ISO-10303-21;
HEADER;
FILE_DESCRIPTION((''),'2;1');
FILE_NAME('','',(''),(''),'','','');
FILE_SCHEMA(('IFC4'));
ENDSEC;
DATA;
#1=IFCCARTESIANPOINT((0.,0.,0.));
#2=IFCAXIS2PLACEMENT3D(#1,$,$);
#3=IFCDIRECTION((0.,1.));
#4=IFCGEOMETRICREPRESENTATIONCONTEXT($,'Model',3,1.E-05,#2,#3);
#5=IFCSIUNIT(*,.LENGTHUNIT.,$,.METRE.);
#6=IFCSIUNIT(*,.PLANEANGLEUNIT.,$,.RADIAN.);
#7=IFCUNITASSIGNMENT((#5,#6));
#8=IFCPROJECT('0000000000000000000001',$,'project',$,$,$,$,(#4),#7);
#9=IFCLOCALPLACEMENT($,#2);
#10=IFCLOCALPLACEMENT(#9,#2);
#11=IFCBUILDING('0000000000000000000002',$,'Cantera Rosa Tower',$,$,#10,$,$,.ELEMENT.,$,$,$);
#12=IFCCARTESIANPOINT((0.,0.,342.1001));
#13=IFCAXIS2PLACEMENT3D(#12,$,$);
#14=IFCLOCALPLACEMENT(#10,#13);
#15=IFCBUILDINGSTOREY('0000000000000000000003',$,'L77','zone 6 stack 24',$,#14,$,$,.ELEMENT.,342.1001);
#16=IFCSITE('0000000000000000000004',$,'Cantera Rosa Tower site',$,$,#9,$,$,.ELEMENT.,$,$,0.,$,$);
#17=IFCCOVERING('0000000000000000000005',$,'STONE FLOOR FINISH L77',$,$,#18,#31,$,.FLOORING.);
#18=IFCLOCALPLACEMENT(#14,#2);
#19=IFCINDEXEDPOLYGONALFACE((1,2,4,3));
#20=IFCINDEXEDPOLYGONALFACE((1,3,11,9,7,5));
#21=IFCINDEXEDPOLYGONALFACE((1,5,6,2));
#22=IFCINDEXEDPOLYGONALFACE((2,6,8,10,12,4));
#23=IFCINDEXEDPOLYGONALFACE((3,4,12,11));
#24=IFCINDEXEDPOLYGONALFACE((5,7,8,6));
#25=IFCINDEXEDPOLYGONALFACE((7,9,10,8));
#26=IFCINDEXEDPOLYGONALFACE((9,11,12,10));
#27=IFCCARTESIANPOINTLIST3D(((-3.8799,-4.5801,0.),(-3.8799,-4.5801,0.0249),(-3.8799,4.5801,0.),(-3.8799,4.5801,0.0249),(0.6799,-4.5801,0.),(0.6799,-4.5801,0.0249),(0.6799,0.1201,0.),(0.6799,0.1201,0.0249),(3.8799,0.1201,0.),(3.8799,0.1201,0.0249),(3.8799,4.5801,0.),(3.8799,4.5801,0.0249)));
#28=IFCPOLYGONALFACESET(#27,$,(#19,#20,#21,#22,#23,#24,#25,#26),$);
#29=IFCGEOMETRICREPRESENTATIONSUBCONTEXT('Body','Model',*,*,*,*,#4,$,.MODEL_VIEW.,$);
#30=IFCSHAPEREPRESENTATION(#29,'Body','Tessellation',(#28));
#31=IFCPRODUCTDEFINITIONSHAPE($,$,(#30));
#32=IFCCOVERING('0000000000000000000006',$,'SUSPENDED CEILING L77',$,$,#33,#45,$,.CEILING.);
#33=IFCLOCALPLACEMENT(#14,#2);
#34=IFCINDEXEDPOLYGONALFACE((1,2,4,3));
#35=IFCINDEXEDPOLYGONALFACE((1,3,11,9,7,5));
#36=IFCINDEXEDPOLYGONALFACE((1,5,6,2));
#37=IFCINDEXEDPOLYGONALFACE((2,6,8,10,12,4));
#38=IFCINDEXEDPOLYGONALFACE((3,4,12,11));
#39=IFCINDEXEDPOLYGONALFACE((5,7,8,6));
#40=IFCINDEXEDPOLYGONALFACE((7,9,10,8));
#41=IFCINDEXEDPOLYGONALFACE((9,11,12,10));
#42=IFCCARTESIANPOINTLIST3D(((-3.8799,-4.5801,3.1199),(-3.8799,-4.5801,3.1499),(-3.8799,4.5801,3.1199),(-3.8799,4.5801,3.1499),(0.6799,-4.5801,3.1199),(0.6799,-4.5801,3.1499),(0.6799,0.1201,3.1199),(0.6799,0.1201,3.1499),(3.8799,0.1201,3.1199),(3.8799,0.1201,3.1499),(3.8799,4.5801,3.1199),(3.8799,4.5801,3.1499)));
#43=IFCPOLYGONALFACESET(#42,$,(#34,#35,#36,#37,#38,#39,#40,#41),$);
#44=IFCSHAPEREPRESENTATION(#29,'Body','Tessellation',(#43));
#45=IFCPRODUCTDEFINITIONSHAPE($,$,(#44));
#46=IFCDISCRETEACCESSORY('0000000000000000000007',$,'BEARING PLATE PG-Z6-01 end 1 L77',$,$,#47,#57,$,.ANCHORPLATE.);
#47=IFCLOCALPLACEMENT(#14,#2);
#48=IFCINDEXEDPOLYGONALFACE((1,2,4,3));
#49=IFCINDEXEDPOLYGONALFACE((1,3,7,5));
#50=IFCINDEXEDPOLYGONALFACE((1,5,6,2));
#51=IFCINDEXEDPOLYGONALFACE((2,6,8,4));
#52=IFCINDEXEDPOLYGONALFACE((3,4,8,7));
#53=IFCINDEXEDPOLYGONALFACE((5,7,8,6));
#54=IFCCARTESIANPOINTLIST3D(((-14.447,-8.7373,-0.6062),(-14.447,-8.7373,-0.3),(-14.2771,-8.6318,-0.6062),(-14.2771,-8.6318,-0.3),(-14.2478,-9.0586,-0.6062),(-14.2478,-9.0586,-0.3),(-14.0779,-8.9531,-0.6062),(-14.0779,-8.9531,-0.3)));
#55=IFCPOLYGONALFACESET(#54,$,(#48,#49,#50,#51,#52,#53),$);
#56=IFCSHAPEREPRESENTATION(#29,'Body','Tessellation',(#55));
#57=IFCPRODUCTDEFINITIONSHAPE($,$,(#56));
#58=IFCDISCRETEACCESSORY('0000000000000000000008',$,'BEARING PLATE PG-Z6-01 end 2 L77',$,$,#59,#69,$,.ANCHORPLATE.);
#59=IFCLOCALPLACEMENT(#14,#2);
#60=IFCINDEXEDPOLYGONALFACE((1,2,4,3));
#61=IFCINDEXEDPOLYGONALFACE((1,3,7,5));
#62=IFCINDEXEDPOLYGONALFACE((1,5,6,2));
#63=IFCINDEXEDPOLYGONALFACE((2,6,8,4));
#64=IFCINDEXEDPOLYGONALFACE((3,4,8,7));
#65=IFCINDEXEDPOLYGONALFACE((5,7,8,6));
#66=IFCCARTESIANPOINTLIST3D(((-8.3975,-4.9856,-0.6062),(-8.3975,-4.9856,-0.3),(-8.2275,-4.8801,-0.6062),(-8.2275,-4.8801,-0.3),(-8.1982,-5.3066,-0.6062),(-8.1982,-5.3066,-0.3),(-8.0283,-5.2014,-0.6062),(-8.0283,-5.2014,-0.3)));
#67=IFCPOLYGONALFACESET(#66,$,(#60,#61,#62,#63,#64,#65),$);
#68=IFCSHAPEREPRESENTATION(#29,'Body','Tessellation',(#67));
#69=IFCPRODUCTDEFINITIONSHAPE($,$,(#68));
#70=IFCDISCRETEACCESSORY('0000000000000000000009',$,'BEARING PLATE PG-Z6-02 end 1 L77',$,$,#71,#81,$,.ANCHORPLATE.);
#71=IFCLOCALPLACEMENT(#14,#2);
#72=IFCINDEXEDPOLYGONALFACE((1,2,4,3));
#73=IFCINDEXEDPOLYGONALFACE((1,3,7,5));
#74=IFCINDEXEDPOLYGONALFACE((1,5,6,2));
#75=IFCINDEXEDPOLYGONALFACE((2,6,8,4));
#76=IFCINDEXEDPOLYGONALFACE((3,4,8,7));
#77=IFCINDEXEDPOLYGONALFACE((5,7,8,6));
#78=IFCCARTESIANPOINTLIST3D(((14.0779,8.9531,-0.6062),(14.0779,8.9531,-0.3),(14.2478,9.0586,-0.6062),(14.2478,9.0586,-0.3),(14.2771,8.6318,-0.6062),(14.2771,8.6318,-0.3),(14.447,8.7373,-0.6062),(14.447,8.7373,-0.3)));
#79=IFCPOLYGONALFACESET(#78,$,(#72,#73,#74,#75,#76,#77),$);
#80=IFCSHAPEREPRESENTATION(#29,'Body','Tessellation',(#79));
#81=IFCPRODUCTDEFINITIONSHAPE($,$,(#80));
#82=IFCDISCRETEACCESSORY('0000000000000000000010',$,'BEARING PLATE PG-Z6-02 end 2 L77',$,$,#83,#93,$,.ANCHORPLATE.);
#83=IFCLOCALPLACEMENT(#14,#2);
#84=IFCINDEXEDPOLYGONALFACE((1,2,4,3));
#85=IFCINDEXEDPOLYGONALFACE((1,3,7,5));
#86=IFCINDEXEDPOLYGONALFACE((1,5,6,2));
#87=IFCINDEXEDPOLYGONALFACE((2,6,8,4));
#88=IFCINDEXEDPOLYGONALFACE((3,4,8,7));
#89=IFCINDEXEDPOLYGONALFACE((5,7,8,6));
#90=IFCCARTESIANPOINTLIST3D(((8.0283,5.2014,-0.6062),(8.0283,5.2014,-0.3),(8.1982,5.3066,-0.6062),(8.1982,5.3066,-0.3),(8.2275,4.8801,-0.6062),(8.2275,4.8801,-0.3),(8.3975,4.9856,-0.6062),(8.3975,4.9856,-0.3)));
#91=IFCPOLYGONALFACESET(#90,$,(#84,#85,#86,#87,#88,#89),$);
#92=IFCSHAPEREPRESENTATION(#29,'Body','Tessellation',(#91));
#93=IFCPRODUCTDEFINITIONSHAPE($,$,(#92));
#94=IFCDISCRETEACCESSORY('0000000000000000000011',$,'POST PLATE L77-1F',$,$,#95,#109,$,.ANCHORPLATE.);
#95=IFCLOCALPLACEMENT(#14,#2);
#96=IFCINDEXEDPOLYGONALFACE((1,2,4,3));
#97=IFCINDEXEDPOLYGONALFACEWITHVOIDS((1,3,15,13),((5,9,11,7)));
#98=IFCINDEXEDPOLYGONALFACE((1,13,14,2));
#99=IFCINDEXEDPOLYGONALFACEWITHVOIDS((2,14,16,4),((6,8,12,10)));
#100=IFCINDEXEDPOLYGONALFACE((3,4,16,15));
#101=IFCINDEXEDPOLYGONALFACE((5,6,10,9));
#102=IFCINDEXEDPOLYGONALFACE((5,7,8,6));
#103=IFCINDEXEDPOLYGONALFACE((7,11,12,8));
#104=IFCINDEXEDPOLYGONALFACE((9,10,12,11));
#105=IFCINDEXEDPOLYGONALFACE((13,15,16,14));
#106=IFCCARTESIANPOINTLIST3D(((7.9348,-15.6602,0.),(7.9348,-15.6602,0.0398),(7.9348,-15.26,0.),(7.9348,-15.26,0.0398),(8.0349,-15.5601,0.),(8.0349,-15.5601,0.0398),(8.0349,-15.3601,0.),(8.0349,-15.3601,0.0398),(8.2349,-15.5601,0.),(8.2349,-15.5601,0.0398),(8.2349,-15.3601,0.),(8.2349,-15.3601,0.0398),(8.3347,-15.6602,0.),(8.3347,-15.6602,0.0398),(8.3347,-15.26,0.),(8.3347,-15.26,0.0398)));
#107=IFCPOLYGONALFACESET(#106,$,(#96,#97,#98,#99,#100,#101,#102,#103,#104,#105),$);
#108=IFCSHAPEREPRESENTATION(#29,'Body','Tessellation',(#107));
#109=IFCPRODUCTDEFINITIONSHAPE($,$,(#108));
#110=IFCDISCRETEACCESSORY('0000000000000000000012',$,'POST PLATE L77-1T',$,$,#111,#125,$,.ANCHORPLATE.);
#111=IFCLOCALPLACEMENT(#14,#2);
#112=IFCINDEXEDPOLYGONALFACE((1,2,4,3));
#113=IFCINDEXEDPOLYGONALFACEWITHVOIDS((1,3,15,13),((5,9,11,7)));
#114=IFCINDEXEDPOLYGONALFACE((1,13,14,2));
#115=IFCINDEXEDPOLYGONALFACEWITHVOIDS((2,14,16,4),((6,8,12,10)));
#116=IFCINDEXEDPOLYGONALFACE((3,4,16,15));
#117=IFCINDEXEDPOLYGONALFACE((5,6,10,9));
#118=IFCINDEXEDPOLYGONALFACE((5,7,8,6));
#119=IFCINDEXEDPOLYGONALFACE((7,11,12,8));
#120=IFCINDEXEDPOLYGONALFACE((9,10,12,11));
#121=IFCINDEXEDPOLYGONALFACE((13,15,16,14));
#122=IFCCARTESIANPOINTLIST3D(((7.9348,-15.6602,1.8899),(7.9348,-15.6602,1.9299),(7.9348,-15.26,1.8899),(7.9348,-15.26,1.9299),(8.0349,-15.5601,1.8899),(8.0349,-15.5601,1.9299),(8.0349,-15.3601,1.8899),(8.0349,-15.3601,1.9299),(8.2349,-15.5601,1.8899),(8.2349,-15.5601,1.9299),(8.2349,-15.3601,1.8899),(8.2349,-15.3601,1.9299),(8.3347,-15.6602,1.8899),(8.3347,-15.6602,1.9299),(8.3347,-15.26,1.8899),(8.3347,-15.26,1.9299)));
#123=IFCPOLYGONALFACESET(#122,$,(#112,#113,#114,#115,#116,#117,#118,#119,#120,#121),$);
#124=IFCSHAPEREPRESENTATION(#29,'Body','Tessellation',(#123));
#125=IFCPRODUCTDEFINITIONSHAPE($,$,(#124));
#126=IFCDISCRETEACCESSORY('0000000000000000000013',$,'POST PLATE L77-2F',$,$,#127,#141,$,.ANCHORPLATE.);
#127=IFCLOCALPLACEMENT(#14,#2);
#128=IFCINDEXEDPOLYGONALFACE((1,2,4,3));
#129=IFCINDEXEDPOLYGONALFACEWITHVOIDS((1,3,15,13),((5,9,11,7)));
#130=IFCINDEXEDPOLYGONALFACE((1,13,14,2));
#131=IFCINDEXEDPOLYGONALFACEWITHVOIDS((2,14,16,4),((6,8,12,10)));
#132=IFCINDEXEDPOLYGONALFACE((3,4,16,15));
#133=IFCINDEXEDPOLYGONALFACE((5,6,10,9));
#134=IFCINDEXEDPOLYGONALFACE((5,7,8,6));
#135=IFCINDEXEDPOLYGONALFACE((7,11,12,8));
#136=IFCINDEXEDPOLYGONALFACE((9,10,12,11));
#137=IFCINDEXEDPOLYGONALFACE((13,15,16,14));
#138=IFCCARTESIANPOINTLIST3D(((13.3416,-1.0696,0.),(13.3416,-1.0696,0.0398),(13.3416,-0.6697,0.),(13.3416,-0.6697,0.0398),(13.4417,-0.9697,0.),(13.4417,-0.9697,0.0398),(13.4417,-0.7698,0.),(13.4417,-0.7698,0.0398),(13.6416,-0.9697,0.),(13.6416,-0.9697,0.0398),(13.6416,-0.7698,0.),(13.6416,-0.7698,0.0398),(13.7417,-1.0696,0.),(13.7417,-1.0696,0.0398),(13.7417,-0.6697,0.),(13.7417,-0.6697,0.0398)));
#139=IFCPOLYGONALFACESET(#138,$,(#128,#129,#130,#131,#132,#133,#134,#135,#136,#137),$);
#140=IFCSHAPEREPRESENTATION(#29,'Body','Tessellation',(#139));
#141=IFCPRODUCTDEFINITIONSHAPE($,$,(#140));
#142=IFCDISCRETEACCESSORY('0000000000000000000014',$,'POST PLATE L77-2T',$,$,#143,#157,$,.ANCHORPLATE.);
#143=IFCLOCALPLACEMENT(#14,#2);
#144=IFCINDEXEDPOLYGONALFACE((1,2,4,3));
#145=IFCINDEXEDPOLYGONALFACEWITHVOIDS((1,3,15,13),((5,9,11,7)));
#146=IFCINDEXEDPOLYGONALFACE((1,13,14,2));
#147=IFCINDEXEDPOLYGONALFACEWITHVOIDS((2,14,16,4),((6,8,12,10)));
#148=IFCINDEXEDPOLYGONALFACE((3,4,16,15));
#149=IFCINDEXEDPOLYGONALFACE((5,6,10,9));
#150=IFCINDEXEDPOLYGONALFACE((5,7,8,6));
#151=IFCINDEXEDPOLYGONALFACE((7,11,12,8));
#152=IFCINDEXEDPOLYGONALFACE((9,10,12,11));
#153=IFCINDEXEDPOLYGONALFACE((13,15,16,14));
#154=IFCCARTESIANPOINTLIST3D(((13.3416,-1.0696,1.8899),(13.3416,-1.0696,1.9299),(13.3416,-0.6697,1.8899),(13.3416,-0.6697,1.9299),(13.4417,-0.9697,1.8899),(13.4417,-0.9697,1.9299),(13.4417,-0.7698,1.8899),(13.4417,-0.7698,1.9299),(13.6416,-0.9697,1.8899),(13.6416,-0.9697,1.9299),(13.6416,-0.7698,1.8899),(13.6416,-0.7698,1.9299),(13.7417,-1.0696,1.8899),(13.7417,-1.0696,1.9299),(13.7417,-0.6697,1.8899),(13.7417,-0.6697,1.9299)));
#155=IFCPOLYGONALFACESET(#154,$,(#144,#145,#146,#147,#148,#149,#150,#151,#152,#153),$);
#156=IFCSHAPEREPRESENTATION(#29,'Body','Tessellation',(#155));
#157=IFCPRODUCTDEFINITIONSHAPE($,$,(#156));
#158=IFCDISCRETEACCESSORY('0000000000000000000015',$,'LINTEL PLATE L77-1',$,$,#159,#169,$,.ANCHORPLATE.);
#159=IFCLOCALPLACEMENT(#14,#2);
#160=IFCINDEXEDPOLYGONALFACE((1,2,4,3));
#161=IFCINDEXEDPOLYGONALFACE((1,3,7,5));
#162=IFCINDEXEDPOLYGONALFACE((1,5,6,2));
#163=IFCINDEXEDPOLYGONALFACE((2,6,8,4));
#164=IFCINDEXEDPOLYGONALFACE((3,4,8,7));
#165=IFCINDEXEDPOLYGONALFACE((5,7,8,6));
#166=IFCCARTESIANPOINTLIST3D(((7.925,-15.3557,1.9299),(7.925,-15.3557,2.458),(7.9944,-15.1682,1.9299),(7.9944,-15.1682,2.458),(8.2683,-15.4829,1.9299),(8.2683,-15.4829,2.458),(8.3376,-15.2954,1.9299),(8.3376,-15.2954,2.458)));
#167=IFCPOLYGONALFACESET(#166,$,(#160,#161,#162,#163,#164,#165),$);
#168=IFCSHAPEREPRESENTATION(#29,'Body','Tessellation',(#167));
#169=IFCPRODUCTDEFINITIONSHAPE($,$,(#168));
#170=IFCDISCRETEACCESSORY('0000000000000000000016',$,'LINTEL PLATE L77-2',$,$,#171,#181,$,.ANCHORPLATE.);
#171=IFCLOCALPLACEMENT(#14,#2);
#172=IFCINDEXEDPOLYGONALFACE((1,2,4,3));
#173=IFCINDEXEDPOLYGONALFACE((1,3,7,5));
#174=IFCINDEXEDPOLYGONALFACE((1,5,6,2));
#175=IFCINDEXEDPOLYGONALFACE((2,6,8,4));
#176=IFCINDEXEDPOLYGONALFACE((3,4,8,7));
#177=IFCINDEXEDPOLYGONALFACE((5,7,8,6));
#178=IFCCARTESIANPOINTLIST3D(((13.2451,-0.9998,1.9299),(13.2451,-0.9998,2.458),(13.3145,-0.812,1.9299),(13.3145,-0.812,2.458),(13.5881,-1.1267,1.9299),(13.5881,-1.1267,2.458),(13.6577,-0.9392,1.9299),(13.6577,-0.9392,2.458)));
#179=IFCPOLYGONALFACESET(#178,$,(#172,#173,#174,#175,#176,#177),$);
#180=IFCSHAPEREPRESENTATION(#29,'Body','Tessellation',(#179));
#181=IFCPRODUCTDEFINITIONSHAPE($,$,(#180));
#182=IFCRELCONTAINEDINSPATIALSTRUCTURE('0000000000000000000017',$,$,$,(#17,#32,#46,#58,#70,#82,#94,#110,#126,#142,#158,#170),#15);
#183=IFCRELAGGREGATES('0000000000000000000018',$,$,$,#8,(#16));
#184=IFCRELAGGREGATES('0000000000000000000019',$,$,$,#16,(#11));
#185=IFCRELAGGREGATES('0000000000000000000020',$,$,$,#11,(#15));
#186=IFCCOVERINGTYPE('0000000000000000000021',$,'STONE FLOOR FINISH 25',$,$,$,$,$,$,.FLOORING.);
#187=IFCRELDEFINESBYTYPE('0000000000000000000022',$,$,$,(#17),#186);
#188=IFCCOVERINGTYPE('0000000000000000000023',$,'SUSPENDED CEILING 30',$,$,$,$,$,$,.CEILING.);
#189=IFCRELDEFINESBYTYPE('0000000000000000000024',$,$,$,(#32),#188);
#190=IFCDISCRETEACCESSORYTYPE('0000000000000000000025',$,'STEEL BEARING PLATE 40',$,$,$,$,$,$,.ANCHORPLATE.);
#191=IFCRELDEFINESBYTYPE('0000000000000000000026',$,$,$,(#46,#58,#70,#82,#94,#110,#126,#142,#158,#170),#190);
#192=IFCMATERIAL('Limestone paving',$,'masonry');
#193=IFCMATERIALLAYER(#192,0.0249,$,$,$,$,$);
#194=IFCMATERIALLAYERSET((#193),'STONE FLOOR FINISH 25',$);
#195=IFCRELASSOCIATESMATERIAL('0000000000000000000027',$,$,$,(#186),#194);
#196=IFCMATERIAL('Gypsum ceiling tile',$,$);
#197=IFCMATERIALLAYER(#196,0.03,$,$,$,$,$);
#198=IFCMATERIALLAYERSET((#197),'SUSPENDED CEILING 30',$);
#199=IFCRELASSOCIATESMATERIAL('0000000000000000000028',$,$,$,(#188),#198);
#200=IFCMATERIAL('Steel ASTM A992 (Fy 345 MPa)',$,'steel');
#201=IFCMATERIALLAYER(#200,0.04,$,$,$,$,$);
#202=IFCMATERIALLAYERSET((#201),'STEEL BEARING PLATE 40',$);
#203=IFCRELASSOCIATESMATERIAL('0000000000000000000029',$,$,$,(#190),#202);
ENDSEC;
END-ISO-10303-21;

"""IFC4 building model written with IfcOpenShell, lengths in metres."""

from ifc_helpers import new_model, si_unit, direction, frame, origin, place, context, subcontext, project, spatial, polyline, outline, extrude, material, layer, layer_set, type_object, element, save


model = new_model("IFC4")

# Units and contexts
model_context = context("Model", 3, precision=1e-05, world=origin(), true_north=direction((0.0, 1.0)))
body_context = subcontext(model_context, "Body", "Model", "MODEL_VIEW")
ifc_project = project(units=[si_unit("LENGTHUNIT", "METRE"), si_unit("PLANEANGLEUNIT", "RADIAN")], contexts=[model_context])

# Site, building, storey
site_placement = place(None, origin())
site = spatial("IfcSite", under=ifc_project, at=site_placement, Name="Cantera Rosa Tower site", CompositionType="ELEMENT", RefElevation=0.0)
building_placement = place(site_placement, origin())
building = spatial("IfcBuilding", under=site, at=building_placement, Name="Cantera Rosa Tower", CompositionType="ELEMENT")
storey_placement = place(building_placement, frame((0.0, 0.0, 342.1001)))
storey = spatial("IfcBuildingStorey", under=building, at=storey_placement, Name="L77", Description="zone 6 stack 24", CompositionType="ELEMENT", Elevation=342.1001)

# Coverings
ifc_material_1 = material(Name="Limestone paving", Category="masonry")
ifc_layer_1 = layer(ifc_material_1, 0.0249)
ifc_layer_set_1 = layer_set([ifc_layer_1], Name="STONE FLOOR FINISH 25")
covering_type_1 = type_object("IfcCoveringType", Name="STONE FLOOR FINISH 25", PredefinedType="FLOORING", material=ifc_layer_set_1)
covering_1_placement = place(storey_placement, origin())
element("IfcCovering", 1, at=covering_1_placement, inside=storey, type_object=covering_type_1, Name="STONE FLOOR FINISH L77", PredefinedType="FLOORING", context=body_context, shape_type="SweptSolid", body=[
    extrude(outline(polyline([(3.8799, 4.5801), (3.8799, 0.1201), (0.6799, 0.1201), (0.6799, -4.5801), (-3.8799, -4.5801), (-3.8799, 4.5801), (3.8799, 4.5801)])), origin(), (0.0, 0.0, 1.0), 0.0249),
])
ifc_material_2 = material(Name="Gypsum ceiling tile")
ifc_layer_2 = layer(ifc_material_2, 0.03)
ifc_layer_set_2 = layer_set([ifc_layer_2], Name="SUSPENDED CEILING 30")
covering_type_2 = type_object("IfcCoveringType", Name="SUSPENDED CEILING 30", PredefinedType="CEILING", material=ifc_layer_set_2)
covering_2_placement = place(storey_placement, frame((0.0, 0.0, 3.1199)))
element("IfcCovering", 2, at=covering_2_placement, inside=storey, type_object=covering_type_2, Name="SUSPENDED CEILING L77", PredefinedType="CEILING", context=body_context, shape_type="SweptSolid", body=[
    extrude(outline(polyline([(3.8799, 4.5801), (3.8799, 0.1201), (0.6799, 0.1201), (0.6799, -4.5801), (-3.8799, -4.5801), (-3.8799, 4.5801), (3.8799, 4.5801)])), origin(), (0.0, 0.0, 1.0), 0.03),
])

# Discrete accessories
ifc_material_3 = material(Name="Steel ASTM A992 (Fy 345 MPa)", Category="steel")
ifc_layer_3 = layer(ifc_material_3, 0.04)
ifc_layer_set_3 = layer_set([ifc_layer_3], Name="STEEL BEARING PLATE 40")
discrete_accessory_type = type_object("IfcDiscreteAccessoryType", Name="STEEL BEARING PLATE 40", PredefinedType="ANCHORPLATE", material=ifc_layer_set_3)
discrete_accessory_1_placement = place(storey_placement, frame((0.0, 0.0, -0.6062)))
element("IfcDiscreteAccessory", 3, at=discrete_accessory_1_placement, inside=storey, type_object=discrete_accessory_type, Name="BEARING PLATE PG-Z6-01 end 1 L77", PredefinedType="ANCHORPLATE", context=body_context, shape_type="SweptSolid", body=[
    extrude(outline(polyline([(-14.2771, -8.6318), (-14.447, -8.7373), (-14.2478, -9.0586), (-14.0779, -8.9531), (-14.2771, -8.6318)])), origin(), (0.0, 0.0, 1.0), 0.3062),
])
discrete_accessory_2_placement = place(storey_placement, frame((0.0, 0.0, -0.6062)))
element("IfcDiscreteAccessory", 4, at=discrete_accessory_2_placement, inside=storey, type_object=discrete_accessory_type, Name="BEARING PLATE PG-Z6-01 end 2 L77", PredefinedType="ANCHORPLATE", context=body_context, shape_type="SweptSolid", body=[
    extrude(outline(polyline([(-8.1982, -5.3066), (-8.0283, -5.2014), (-8.2275, -4.8801), (-8.3975, -4.9856), (-8.1982, -5.3066)])), origin(), (0.0, 0.0, 1.0), 0.3062),
])
discrete_accessory_3_placement = place(storey_placement, frame((0.0, 0.0, -0.6062)))
element("IfcDiscreteAccessory", 5, at=discrete_accessory_3_placement, inside=storey, type_object=discrete_accessory_type, Name="BEARING PLATE PG-Z6-02 end 1 L77", PredefinedType="ANCHORPLATE", context=body_context, shape_type="SweptSolid", body=[
    extrude(outline(polyline([(14.2771, 8.6318), (14.447, 8.7373), (14.2478, 9.0586), (14.0779, 8.9531), (14.2771, 8.6318)])), origin(), (0.0, 0.0, 1.0), 0.3062),
])
discrete_accessory_4_placement = place(storey_placement, frame((0.0, 0.0, -0.6062)))
element("IfcDiscreteAccessory", 6, at=discrete_accessory_4_placement, inside=storey, type_object=discrete_accessory_type, Name="BEARING PLATE PG-Z6-02 end 2 L77", PredefinedType="ANCHORPLATE", context=body_context, shape_type="SweptSolid", body=[
    extrude(outline(polyline([(8.1982, 5.3066), (8.0283, 5.2014), (8.2275, 4.8801), (8.3975, 4.9856), (8.1982, 5.3066)])), origin(), (0.0, 0.0, 1.0), 0.3062),
])
discrete_accessory_5_placement = place(storey_placement, origin())
element("IfcDiscreteAccessory", 7, at=discrete_accessory_5_placement, inside=storey, type_object=discrete_accessory_type, Name="POST PLATE L77-1F", PredefinedType="ANCHORPLATE", context=body_context, shape_type="SweptSolid", body=[
    extrude(outline(polyline([(7.9348, -15.6602), (8.3347, -15.6602), (8.3347, -15.26), (7.9348, -15.26), (7.9348, -15.6602)]), holes=[polyline([(8.0349, -15.5601), (8.2349, -15.5601), (8.2349, -15.3601), (8.0349, -15.3601), (8.0349, -15.5601)])]), origin(), (0.0, 0.0, 1.0), 0.0398),
])
discrete_accessory_6_placement = place(storey_placement, frame((0.0, 0.0, 1.8899)))
element("IfcDiscreteAccessory", 8, at=discrete_accessory_6_placement, inside=storey, type_object=discrete_accessory_type, Name="POST PLATE L77-1T", PredefinedType="ANCHORPLATE", context=body_context, shape_type="SweptSolid", body=[
    extrude(outline(polyline([(7.9348, -15.6602), (8.3347, -15.6602), (8.3347, -15.26), (7.9348, -15.26), (7.9348, -15.6602)]), holes=[polyline([(8.0349, -15.5601), (8.2349, -15.5601), (8.2349, -15.3601), (8.0349, -15.3601), (8.0349, -15.5601)])]), origin(), (0.0, 0.0, 1.0), 0.04),
])
discrete_accessory_7_placement = place(storey_placement, origin())
element("IfcDiscreteAccessory", 9, at=discrete_accessory_7_placement, inside=storey, type_object=discrete_accessory_type, Name="POST PLATE L77-2F", PredefinedType="ANCHORPLATE", context=body_context, shape_type="SweptSolid", body=[
    extrude(outline(polyline([(13.3416, -1.0696), (13.7417, -1.0696), (13.7417, -0.6697), (13.3416, -0.6697), (13.3416, -1.0696)]), holes=[polyline([(13.4417, -0.9697), (13.6416, -0.9697), (13.6416, -0.7698), (13.4417, -0.7698), (13.4417, -0.9697)])]), origin(), (0.0, 0.0, 1.0), 0.0398),
])
discrete_accessory_8_placement = place(storey_placement, frame((0.0, 0.0, 1.8899)))
element("IfcDiscreteAccessory", 10, at=discrete_accessory_8_placement, inside=storey, type_object=discrete_accessory_type, Name="POST PLATE L77-2T", PredefinedType="ANCHORPLATE", context=body_context, shape_type="SweptSolid", body=[
    extrude(outline(polyline([(13.3416, -1.0696), (13.7417, -1.0696), (13.7417, -0.6697), (13.3416, -0.6697), (13.3416, -1.0696)]), holes=[polyline([(13.4417, -0.9697), (13.6416, -0.9697), (13.6416, -0.7698), (13.4417, -0.7698), (13.4417, -0.9697)])]), origin(), (0.0, 0.0, 1.0), 0.04),
])
discrete_accessory_9_placement = place(storey_placement, frame((0.0, 0.0, 1.9299)))
element("IfcDiscreteAccessory", 11, at=discrete_accessory_9_placement, inside=storey, type_object=discrete_accessory_type, Name="LINTEL PLATE L77-1", PredefinedType="ANCHORPLATE", context=body_context, shape_type="SweptSolid", body=[
    extrude(outline(polyline([(7.9944, -15.1682), (7.925, -15.3557), (8.2683, -15.4829), (8.3376, -15.2954), (7.9944, -15.1682)])), origin(), (0.0, 0.0, 1.0), 0.5281),
])
discrete_accessory_10_placement = place(storey_placement, frame((0.0, 0.0, 1.9299)))
element("IfcDiscreteAccessory", 12, at=discrete_accessory_10_placement, inside=storey, type_object=discrete_accessory_type, Name="LINTEL PLATE L77-2", PredefinedType="ANCHORPLATE", context=body_context, shape_type="SweptSolid", body=[
    extrude(outline(polyline([(13.5881, -1.1267), (13.6577, -0.9392), (13.3145, -0.812), (13.2451, -0.9998), (13.5881, -1.1267)])), origin(), (0.0, 0.0, 1.0), 0.5281),
])

save(model, "model.ifc")
